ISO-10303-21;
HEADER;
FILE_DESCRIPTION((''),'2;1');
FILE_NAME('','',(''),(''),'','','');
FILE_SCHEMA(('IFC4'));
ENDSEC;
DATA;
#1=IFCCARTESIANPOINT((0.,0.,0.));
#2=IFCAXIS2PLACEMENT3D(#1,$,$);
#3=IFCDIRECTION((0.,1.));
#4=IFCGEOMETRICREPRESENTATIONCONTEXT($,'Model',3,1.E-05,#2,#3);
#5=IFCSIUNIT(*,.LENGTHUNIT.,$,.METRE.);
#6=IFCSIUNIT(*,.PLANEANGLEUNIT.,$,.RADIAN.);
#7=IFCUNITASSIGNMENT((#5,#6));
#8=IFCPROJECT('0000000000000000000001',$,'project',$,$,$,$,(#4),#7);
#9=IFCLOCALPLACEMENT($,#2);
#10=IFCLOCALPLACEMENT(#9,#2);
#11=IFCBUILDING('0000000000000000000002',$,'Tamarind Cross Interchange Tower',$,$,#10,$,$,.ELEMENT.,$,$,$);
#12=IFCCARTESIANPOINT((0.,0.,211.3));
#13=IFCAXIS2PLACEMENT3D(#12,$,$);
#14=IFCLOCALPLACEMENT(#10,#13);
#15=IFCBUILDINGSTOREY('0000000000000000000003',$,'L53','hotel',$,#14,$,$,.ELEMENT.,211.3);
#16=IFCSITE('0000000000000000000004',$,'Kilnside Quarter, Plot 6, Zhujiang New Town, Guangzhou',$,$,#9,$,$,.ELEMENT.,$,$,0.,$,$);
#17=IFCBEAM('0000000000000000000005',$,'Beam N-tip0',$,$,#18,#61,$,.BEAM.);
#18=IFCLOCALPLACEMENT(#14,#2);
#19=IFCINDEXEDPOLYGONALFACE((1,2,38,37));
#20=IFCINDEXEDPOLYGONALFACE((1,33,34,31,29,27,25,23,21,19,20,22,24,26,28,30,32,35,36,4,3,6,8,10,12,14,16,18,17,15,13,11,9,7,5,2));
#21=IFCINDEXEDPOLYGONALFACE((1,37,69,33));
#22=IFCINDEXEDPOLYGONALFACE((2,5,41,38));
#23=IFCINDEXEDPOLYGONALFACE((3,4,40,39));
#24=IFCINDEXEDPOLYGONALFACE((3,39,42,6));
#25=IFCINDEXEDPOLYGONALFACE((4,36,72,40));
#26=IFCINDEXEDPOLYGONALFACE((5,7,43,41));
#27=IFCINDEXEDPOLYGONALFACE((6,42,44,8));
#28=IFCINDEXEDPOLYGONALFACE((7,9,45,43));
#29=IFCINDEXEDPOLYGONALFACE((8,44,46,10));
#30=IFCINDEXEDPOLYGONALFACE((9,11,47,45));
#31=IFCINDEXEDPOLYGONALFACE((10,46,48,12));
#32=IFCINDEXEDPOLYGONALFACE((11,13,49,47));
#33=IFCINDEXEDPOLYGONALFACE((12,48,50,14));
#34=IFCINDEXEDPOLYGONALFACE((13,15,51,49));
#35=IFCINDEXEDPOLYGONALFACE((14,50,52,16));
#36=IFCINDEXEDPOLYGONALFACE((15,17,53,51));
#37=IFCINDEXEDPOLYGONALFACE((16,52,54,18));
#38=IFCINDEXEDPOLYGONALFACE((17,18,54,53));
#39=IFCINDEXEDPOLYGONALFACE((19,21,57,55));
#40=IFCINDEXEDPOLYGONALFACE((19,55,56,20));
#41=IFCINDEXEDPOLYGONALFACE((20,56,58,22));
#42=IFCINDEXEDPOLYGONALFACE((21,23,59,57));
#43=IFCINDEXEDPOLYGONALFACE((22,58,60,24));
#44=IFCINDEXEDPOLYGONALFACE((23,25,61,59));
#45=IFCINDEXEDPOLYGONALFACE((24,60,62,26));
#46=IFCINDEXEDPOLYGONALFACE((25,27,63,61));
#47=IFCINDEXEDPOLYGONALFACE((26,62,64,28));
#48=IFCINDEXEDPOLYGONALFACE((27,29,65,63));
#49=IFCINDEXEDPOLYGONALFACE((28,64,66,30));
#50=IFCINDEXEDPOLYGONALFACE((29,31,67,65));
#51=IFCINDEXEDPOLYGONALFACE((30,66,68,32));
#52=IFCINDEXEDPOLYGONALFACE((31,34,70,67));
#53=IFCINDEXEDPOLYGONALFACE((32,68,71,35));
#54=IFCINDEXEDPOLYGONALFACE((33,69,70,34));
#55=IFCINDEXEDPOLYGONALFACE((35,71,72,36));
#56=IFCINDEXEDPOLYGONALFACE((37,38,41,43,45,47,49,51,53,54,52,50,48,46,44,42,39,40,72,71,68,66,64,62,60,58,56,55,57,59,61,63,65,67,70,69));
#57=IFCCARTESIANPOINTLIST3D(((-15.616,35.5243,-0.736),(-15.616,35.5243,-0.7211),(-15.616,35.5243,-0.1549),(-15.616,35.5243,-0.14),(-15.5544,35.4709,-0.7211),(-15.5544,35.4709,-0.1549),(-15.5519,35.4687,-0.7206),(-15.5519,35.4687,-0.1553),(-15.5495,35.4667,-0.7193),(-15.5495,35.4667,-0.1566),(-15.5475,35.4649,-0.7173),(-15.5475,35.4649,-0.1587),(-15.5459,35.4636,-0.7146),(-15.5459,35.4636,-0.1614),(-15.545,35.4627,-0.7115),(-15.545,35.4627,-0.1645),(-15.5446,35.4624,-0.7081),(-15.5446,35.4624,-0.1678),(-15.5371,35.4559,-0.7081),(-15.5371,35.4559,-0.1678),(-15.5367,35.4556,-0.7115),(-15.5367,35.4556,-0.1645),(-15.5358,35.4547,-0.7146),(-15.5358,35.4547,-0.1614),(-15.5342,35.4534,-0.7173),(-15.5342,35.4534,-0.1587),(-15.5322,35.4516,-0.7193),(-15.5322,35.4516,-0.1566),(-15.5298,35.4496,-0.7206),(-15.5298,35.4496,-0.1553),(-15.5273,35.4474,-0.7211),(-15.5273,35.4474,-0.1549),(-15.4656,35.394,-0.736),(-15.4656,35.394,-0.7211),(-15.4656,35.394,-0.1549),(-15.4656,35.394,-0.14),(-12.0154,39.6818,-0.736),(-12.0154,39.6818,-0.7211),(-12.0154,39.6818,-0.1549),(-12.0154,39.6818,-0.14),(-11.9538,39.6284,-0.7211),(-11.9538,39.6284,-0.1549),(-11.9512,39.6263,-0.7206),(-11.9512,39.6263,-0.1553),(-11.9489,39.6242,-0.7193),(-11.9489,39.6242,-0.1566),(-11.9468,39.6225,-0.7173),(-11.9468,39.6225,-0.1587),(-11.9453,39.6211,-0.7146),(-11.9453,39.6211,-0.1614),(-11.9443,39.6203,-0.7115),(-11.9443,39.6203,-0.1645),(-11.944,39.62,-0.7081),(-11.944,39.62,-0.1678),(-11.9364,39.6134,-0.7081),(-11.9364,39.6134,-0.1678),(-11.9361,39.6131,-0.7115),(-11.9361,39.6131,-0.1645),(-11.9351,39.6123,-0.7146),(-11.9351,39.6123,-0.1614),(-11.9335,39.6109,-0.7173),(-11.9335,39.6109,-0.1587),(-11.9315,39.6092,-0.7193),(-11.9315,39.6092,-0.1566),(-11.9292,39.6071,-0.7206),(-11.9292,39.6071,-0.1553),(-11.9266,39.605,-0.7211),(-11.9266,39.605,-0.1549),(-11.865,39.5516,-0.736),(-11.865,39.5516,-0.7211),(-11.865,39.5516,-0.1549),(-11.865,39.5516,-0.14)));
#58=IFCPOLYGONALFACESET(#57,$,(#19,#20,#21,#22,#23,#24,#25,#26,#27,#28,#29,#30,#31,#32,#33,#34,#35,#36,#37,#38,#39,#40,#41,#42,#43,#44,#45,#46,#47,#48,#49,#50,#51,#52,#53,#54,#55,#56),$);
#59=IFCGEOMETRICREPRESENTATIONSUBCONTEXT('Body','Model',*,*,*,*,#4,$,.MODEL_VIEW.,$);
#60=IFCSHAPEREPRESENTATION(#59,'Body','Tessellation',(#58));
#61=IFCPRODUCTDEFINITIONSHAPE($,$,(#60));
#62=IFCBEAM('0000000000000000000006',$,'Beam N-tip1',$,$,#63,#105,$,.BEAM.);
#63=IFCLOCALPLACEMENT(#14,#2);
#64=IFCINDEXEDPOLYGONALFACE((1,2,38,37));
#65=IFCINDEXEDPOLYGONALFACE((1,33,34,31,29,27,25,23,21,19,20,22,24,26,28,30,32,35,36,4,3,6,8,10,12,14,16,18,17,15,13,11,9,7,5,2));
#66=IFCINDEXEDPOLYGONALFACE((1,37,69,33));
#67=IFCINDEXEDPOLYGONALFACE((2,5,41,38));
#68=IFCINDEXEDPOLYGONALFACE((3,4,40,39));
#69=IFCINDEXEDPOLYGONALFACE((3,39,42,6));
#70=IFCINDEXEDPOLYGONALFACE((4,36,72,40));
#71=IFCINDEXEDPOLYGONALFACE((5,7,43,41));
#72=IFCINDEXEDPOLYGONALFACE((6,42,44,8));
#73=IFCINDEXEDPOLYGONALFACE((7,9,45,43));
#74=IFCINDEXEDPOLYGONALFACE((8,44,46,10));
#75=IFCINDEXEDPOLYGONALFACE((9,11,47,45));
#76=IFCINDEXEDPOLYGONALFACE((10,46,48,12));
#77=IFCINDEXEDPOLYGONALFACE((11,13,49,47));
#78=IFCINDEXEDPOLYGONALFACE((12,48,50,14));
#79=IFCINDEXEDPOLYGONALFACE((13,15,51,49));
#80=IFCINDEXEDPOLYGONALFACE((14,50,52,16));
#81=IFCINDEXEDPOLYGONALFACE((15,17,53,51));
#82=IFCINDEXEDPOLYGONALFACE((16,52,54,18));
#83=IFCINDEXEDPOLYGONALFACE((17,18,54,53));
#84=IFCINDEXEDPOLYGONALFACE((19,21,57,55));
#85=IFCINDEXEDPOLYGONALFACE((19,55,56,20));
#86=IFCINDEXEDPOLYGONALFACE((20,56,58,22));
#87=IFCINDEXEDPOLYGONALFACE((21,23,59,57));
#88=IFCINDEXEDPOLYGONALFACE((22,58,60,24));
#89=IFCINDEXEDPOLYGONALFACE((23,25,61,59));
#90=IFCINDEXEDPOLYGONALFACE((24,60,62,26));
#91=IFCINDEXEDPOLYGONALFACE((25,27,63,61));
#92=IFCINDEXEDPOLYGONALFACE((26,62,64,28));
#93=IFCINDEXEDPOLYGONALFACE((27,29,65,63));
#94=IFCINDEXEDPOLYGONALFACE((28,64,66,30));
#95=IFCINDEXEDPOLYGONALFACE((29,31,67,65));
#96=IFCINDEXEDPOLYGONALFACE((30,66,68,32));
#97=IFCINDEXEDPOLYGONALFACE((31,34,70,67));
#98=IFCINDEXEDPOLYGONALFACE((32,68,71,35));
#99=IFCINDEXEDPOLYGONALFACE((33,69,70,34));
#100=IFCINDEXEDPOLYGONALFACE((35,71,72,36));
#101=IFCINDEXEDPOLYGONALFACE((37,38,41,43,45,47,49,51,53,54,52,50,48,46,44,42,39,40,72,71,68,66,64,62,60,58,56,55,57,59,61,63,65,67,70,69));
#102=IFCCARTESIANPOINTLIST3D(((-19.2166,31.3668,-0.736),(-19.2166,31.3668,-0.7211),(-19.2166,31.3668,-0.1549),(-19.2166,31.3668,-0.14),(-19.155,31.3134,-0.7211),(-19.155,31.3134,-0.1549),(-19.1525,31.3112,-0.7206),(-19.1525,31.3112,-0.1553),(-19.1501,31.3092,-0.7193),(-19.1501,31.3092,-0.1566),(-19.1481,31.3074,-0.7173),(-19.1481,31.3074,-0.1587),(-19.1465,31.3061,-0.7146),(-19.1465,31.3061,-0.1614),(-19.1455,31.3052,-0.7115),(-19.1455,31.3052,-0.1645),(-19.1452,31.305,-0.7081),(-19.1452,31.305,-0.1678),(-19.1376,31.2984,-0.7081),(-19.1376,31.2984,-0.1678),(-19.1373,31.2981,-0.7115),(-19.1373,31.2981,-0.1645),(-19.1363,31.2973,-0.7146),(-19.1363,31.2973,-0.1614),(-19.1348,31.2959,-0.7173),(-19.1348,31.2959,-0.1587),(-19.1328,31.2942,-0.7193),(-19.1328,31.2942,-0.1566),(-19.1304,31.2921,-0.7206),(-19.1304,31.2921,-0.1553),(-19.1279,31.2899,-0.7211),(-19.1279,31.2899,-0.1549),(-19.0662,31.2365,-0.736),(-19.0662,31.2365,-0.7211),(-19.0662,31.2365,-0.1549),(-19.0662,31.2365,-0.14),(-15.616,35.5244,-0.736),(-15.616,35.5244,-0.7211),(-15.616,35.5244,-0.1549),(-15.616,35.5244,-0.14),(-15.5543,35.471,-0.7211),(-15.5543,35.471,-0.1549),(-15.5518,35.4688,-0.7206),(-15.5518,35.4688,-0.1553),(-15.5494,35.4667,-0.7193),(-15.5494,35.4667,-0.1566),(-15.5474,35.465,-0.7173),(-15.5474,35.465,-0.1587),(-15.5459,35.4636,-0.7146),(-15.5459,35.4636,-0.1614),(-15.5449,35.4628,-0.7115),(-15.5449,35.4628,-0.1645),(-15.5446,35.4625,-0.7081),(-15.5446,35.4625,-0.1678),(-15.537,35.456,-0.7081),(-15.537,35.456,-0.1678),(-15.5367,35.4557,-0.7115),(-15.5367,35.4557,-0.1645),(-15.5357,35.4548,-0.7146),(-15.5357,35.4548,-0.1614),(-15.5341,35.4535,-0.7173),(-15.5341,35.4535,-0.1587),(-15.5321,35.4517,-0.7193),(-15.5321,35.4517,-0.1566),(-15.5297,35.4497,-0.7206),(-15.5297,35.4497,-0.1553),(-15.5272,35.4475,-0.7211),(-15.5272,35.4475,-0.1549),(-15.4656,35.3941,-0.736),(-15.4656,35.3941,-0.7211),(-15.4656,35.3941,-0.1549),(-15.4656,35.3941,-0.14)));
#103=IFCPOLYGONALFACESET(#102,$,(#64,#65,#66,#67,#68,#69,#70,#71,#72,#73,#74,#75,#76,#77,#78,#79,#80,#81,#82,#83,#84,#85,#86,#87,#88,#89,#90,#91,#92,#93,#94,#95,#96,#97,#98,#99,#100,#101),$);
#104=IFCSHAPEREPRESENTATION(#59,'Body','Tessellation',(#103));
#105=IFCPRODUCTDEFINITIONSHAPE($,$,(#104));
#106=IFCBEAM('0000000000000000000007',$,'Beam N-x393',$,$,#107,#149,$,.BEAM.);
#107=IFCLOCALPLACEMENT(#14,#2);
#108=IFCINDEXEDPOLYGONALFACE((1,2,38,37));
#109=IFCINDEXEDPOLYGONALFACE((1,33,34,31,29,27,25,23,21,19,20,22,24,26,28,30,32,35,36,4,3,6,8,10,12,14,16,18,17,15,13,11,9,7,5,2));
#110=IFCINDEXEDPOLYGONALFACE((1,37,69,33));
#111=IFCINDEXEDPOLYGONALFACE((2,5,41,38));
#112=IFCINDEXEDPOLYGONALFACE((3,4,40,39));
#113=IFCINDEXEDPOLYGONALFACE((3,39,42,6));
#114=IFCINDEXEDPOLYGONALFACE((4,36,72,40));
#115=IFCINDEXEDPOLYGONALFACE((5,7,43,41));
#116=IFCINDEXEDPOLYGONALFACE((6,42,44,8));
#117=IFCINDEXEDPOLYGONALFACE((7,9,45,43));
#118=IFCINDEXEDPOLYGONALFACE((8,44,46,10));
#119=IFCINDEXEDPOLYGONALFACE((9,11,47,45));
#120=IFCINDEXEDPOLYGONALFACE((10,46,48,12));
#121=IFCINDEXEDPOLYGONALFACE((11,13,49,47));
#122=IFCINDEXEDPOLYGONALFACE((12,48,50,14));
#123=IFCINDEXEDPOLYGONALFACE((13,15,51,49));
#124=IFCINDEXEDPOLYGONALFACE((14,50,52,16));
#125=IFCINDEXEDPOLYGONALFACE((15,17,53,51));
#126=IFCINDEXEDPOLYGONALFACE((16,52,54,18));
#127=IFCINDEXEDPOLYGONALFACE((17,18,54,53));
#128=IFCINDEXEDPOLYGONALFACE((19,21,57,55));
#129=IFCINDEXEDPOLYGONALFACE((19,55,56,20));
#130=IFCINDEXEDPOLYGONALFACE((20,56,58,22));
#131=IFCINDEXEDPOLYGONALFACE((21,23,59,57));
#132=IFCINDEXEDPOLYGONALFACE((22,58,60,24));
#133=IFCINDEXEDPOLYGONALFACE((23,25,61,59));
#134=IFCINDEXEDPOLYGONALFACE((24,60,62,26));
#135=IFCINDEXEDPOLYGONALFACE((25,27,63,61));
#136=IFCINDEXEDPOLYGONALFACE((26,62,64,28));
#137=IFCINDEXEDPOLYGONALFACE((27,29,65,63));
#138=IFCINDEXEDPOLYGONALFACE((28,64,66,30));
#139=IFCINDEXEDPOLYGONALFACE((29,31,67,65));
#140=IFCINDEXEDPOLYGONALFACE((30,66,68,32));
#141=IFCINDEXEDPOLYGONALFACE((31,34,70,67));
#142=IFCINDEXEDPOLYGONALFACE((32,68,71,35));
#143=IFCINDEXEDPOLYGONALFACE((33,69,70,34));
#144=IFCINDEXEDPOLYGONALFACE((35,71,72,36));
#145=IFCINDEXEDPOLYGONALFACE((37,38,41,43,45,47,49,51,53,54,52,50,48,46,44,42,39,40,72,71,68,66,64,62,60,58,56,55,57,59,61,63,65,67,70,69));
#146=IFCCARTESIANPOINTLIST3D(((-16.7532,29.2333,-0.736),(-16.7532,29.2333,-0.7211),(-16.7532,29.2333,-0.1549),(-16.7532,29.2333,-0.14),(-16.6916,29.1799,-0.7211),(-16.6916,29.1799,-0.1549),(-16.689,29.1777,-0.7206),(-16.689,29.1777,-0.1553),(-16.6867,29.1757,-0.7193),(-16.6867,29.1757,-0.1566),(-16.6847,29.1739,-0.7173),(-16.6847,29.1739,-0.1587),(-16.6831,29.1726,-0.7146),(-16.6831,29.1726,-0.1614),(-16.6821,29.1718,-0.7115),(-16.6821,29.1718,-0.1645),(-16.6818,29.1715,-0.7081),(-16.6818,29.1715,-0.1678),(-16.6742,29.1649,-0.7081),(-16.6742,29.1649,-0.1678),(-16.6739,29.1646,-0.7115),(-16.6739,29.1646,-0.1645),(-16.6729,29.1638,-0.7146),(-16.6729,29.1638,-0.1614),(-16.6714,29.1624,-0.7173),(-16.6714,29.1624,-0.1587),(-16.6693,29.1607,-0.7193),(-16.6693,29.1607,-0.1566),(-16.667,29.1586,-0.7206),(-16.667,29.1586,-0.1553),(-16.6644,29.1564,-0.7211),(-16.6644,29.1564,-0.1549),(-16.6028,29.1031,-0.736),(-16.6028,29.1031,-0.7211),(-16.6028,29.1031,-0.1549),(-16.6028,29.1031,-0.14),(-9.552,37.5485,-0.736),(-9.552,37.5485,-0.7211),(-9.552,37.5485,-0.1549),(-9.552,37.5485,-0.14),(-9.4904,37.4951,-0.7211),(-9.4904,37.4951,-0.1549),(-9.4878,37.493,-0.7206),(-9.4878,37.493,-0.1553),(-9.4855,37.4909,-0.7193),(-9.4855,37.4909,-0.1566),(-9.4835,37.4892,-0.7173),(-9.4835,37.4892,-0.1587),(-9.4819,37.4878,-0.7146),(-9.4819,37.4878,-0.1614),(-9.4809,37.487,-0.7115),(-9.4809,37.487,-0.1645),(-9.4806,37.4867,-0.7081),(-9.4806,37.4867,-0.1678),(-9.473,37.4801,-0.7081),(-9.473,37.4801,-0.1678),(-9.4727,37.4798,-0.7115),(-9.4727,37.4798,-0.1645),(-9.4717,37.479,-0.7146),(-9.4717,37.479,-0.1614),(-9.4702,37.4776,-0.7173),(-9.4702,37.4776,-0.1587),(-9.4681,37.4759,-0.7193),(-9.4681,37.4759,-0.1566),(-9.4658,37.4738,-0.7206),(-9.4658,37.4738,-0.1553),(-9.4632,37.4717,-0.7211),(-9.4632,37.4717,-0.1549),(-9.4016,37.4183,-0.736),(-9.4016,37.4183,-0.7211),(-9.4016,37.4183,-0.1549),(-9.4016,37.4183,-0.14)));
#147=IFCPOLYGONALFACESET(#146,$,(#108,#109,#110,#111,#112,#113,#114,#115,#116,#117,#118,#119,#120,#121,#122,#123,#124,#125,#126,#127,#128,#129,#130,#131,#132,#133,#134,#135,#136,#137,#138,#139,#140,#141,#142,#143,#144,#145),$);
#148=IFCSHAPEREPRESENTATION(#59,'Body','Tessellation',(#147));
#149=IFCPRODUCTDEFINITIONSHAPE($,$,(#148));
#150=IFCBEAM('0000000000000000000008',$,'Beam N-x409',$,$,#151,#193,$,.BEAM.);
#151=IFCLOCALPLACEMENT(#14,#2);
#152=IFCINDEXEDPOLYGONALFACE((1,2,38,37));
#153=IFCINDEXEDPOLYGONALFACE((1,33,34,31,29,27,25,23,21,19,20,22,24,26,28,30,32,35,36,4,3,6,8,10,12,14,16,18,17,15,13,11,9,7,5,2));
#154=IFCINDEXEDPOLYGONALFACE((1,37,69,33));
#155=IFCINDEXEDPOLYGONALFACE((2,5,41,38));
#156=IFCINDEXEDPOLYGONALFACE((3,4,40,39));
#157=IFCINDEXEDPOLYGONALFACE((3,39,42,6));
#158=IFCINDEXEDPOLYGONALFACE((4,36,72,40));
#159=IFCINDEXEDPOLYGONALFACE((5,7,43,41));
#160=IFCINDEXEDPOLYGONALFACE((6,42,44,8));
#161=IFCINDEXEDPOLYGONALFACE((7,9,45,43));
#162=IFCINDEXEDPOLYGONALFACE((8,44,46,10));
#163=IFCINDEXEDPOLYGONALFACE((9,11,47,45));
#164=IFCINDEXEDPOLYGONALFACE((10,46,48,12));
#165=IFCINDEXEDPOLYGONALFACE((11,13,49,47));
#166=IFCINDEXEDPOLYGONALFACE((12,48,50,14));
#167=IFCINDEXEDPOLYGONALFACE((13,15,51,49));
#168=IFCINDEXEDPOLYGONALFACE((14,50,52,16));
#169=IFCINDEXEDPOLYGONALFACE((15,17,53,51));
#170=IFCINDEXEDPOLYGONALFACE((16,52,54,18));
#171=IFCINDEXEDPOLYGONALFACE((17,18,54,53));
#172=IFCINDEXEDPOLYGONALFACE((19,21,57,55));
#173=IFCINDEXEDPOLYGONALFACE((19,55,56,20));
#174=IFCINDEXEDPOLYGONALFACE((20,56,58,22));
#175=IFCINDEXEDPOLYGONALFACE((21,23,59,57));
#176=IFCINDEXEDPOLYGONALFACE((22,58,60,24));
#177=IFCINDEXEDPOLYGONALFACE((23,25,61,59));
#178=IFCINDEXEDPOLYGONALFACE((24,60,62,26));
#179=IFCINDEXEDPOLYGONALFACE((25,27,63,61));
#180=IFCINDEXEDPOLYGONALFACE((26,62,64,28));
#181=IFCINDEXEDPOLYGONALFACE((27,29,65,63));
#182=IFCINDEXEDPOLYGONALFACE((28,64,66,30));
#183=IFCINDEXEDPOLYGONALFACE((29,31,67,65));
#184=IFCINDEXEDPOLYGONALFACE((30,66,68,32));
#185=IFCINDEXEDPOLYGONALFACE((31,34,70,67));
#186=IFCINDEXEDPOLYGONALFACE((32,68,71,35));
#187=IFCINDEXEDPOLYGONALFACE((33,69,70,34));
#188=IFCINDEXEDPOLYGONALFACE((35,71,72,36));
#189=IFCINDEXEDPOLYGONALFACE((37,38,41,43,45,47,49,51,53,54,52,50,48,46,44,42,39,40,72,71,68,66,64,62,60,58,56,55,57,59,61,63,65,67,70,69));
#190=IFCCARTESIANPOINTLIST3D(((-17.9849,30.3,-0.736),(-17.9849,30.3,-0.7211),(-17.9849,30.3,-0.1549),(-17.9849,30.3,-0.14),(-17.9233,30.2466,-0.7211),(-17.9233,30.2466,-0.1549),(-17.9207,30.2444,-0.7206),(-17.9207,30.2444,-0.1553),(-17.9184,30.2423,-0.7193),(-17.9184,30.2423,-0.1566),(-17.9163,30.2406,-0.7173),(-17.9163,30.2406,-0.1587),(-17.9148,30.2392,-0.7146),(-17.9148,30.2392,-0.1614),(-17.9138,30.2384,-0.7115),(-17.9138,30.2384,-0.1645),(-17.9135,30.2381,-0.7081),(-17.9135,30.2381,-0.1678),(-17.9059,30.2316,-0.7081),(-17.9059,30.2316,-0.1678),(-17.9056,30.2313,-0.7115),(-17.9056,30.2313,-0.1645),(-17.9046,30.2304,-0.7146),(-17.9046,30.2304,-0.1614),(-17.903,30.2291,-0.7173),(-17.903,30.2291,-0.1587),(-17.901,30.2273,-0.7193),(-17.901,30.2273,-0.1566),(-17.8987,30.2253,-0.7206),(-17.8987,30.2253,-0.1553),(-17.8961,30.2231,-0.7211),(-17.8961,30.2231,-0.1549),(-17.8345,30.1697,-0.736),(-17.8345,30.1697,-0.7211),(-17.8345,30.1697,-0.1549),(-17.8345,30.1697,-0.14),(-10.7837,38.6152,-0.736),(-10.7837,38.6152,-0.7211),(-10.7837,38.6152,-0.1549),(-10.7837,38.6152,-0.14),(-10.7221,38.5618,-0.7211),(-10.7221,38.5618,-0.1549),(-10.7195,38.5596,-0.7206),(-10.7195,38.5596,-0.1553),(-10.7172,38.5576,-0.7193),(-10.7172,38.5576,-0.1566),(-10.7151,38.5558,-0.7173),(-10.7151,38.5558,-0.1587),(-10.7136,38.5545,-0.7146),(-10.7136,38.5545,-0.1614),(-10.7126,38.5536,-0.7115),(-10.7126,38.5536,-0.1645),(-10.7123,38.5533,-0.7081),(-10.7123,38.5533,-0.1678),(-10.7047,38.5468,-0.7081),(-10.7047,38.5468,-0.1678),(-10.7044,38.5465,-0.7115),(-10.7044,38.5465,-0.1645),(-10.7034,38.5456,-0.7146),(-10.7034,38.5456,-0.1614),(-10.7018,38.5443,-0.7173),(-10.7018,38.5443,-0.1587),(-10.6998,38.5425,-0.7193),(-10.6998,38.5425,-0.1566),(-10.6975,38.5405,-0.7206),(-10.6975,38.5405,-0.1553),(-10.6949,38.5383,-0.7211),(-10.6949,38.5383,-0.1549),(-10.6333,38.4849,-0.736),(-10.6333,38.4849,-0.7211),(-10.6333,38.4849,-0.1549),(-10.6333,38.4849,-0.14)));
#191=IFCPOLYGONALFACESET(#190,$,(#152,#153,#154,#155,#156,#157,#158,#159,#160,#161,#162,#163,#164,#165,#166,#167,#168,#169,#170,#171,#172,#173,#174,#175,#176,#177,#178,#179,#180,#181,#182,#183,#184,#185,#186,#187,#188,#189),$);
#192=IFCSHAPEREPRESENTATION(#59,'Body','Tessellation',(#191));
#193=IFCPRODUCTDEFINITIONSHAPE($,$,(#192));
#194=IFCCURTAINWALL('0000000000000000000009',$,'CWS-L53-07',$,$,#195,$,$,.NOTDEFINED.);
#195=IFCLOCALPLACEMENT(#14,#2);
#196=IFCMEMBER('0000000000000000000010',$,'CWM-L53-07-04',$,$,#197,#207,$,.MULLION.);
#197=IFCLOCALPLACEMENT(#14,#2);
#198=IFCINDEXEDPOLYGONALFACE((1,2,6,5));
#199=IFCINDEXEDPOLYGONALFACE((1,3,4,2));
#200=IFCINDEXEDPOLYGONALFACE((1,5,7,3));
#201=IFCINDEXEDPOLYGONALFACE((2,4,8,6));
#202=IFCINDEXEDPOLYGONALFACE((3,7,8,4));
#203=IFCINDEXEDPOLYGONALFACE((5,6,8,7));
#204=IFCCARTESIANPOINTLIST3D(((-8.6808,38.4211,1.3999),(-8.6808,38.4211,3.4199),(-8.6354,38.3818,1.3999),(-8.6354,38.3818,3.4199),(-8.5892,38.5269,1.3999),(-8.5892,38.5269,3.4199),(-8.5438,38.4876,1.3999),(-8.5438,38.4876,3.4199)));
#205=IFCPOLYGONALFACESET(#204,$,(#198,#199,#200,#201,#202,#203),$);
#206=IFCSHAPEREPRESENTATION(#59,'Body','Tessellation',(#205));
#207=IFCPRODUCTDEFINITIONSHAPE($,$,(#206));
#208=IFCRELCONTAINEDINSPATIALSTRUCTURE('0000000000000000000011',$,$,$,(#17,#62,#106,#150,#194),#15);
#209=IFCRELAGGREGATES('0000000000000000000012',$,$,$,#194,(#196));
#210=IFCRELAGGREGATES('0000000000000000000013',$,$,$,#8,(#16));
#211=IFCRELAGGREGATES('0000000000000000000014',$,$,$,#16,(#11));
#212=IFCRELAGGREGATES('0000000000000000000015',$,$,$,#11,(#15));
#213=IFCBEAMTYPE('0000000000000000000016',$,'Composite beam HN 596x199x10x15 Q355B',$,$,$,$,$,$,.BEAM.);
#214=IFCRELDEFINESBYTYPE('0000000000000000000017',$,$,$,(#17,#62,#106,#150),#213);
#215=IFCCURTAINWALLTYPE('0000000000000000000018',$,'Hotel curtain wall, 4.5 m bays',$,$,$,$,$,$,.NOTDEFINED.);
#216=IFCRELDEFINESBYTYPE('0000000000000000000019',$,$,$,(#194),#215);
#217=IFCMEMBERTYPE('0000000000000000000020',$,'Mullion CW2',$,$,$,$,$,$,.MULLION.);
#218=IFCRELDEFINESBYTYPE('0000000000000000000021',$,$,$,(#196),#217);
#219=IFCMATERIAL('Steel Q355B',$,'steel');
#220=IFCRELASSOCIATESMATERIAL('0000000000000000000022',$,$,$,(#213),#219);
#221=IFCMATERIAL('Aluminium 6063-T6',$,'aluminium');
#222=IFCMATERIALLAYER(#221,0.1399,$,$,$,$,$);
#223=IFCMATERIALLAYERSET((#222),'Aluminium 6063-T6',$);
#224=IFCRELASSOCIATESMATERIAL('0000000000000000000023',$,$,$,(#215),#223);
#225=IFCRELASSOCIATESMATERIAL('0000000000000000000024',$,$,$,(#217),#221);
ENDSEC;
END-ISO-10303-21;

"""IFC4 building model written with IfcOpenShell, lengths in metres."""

from ifc_helpers import new_model, si_unit, direction, frame, origin, origin_2d, place, context, subcontext, project, spatial, rectangle, i_section, extrude, material, layer, layer_set, material_profile, profile_set, type_object, element, aggregate, save


model = new_model("IFC4")

# Units and contexts
model_context = context("Model", 3, precision=1e-05, world=origin(), true_north=direction((0.0, 1.0)))
body_context = subcontext(model_context, "Body", "Model", "MODEL_VIEW")
ifc_project = project(units=[si_unit("LENGTHUNIT", "METRE"), si_unit("PLANEANGLEUNIT", "RADIAN")], contexts=[model_context])

# Site, building, storey
site_placement = place(None, origin())
site = spatial("IfcSite", under=ifc_project, at=site_placement, Name="Kilnside Quarter, Plot 6, Zhujiang New Town, Guangzhou", CompositionType="ELEMENT", RefElevation=0.0)
building_placement = place(site_placement, origin())
building = spatial("IfcBuilding", under=site, at=building_placement, Name="Tamarind Cross Interchange Tower", CompositionType="ELEMENT")
storey_placement = place(building_placement, frame((0.0, 0.0, 211.3)))
storey = spatial("IfcBuildingStorey", under=building, at=storey_placement, Name="L53", Description="hotel", CompositionType="ELEMENT", Elevation=211.3)

# Beams
ifc_material_1 = material(Name="Steel Q355B", Category="steel")
ifc_material_profile_1 = material_profile(ifc_material_1, i_section(OverallWidth=0.199, OverallDepth=0.5959, WebThickness=0.01, FlangeThickness=0.0149, FilletRadius=0.0129, at=origin_2d()), Name="HN 596x199x10x15")
ifc_profile_set_1 = profile_set([ifc_material_profile_1], Name="Steel Q355B")
beam_type_1 = type_object("IfcBeamType", Name="Composite beam HN 596x199x10x15 Q355B", PredefinedType="BEAM", material=ifc_profile_set_1)
for number, where, z_axis, x_axis, name in (
    (1, (-11.9402, 39.6167, -0.438), (-0.654665, -0.755919, 0.0), (0.755919, -0.654665, 0.0), "Beam N-tip0"),
    (2, (-15.5408, 35.4592, -0.438), (-0.654665, -0.755919, 0.0), (0.755919, -0.654665, 0.0), "Beam N-tip1"),
):
    element("IfcBeam", number, at=place(storey_placement, frame(where, z_axis=z_axis, x_axis=x_axis)), inside=storey, type_object=beam_type_1, Name=name, PredefinedType="BEAM", context=body_context, shape_type="SweptSolid", body=[
        extrude(i_section(OverallWidth=0.199, OverallDepth=0.5959, WebThickness=0.01, FlangeThickness=0.0149, FilletRadius=0.0129, at=origin_2d()), origin(), (0.0, 0.0, 1.0), 5.5),
    ])
for number, where, z_axis, x_axis, name in (
    (3, (-9.4768, 37.4834, -0.438), (-0.654654, -0.755928, 0.0), (0.755928, -0.654654, 0.0), "Beam N-x393"),
    (4, (-10.7085, 38.55, -0.438), (-0.654654, -0.755928, 0.0), (0.755928, -0.654654, 0.0), "Beam N-x409"),
):
    element("IfcBeam", number, at=place(storey_placement, frame(where, z_axis=z_axis, x_axis=x_axis)), inside=storey, type_object=beam_type_1, Name=name, PredefinedType="BEAM", context=body_context, shape_type="SweptSolid", body=[
        extrude(i_section(OverallWidth=0.199, OverallDepth=0.5959, WebThickness=0.01, FlangeThickness=0.0149, FilletRadius=0.0129, at=origin_2d()), origin(), (0.0, 0.0, 1.0), 11.0),
    ])

# Curtain wall, member
ifc_material_2 = material(Name="Aluminium 6063-T6", Category="aluminium")
ifc_layer = layer(ifc_material_2, 0.1399)
ifc_layer_set = layer_set([ifc_layer], Name="Aluminium 6063-T6")
curtain_wall_type = type_object("IfcCurtainWallType", Name="Hotel curtain wall, 4.5 m bays", PredefinedType="NOTDEFINED", material=ifc_layer_set)
curtain_wall_1_placement = place(storey_placement, origin())
curtain_wall_1 = element("IfcCurtainWall", 5, at=curtain_wall_1_placement, inside=storey, type_object=curtain_wall_type, Name="CWS-L53-07", PredefinedType="NOTDEFINED")
ifc_material_profile_2 = material_profile(ifc_material_2, rectangle(XDim=0.0601, YDim=0.1399, at=origin_2d()), Name="Mullion CW2")
ifc_profile_set_2 = profile_set([ifc_material_profile_2], Name="Aluminium 6063-T6")
member_type = type_object("IfcMemberType", Name="Mullion CW2", PredefinedType="MULLION", material=ifc_profile_set_2)
member_1_placement = place(storey_placement, frame((-8.6123, 38.4543, 1.3999), z_axis=(0.0, 0.0, 1.0), x_axis=(-0.755917, 0.654667, 0.0)))
member_1 = element("IfcMember", 6, at=member_1_placement, type_object=member_type, Name="CWM-L53-07-04", PredefinedType="MULLION", context=body_context, shape_type="SweptSolid", body=[
    extrude(rectangle(XDim=0.0601, YDim=0.1399, at=origin_2d()), origin(), (0.0, 0.0, 1.0), 2.02),
])
aggregate(curtain_wall_1, [member_1])

save(model, "model.ifc")
